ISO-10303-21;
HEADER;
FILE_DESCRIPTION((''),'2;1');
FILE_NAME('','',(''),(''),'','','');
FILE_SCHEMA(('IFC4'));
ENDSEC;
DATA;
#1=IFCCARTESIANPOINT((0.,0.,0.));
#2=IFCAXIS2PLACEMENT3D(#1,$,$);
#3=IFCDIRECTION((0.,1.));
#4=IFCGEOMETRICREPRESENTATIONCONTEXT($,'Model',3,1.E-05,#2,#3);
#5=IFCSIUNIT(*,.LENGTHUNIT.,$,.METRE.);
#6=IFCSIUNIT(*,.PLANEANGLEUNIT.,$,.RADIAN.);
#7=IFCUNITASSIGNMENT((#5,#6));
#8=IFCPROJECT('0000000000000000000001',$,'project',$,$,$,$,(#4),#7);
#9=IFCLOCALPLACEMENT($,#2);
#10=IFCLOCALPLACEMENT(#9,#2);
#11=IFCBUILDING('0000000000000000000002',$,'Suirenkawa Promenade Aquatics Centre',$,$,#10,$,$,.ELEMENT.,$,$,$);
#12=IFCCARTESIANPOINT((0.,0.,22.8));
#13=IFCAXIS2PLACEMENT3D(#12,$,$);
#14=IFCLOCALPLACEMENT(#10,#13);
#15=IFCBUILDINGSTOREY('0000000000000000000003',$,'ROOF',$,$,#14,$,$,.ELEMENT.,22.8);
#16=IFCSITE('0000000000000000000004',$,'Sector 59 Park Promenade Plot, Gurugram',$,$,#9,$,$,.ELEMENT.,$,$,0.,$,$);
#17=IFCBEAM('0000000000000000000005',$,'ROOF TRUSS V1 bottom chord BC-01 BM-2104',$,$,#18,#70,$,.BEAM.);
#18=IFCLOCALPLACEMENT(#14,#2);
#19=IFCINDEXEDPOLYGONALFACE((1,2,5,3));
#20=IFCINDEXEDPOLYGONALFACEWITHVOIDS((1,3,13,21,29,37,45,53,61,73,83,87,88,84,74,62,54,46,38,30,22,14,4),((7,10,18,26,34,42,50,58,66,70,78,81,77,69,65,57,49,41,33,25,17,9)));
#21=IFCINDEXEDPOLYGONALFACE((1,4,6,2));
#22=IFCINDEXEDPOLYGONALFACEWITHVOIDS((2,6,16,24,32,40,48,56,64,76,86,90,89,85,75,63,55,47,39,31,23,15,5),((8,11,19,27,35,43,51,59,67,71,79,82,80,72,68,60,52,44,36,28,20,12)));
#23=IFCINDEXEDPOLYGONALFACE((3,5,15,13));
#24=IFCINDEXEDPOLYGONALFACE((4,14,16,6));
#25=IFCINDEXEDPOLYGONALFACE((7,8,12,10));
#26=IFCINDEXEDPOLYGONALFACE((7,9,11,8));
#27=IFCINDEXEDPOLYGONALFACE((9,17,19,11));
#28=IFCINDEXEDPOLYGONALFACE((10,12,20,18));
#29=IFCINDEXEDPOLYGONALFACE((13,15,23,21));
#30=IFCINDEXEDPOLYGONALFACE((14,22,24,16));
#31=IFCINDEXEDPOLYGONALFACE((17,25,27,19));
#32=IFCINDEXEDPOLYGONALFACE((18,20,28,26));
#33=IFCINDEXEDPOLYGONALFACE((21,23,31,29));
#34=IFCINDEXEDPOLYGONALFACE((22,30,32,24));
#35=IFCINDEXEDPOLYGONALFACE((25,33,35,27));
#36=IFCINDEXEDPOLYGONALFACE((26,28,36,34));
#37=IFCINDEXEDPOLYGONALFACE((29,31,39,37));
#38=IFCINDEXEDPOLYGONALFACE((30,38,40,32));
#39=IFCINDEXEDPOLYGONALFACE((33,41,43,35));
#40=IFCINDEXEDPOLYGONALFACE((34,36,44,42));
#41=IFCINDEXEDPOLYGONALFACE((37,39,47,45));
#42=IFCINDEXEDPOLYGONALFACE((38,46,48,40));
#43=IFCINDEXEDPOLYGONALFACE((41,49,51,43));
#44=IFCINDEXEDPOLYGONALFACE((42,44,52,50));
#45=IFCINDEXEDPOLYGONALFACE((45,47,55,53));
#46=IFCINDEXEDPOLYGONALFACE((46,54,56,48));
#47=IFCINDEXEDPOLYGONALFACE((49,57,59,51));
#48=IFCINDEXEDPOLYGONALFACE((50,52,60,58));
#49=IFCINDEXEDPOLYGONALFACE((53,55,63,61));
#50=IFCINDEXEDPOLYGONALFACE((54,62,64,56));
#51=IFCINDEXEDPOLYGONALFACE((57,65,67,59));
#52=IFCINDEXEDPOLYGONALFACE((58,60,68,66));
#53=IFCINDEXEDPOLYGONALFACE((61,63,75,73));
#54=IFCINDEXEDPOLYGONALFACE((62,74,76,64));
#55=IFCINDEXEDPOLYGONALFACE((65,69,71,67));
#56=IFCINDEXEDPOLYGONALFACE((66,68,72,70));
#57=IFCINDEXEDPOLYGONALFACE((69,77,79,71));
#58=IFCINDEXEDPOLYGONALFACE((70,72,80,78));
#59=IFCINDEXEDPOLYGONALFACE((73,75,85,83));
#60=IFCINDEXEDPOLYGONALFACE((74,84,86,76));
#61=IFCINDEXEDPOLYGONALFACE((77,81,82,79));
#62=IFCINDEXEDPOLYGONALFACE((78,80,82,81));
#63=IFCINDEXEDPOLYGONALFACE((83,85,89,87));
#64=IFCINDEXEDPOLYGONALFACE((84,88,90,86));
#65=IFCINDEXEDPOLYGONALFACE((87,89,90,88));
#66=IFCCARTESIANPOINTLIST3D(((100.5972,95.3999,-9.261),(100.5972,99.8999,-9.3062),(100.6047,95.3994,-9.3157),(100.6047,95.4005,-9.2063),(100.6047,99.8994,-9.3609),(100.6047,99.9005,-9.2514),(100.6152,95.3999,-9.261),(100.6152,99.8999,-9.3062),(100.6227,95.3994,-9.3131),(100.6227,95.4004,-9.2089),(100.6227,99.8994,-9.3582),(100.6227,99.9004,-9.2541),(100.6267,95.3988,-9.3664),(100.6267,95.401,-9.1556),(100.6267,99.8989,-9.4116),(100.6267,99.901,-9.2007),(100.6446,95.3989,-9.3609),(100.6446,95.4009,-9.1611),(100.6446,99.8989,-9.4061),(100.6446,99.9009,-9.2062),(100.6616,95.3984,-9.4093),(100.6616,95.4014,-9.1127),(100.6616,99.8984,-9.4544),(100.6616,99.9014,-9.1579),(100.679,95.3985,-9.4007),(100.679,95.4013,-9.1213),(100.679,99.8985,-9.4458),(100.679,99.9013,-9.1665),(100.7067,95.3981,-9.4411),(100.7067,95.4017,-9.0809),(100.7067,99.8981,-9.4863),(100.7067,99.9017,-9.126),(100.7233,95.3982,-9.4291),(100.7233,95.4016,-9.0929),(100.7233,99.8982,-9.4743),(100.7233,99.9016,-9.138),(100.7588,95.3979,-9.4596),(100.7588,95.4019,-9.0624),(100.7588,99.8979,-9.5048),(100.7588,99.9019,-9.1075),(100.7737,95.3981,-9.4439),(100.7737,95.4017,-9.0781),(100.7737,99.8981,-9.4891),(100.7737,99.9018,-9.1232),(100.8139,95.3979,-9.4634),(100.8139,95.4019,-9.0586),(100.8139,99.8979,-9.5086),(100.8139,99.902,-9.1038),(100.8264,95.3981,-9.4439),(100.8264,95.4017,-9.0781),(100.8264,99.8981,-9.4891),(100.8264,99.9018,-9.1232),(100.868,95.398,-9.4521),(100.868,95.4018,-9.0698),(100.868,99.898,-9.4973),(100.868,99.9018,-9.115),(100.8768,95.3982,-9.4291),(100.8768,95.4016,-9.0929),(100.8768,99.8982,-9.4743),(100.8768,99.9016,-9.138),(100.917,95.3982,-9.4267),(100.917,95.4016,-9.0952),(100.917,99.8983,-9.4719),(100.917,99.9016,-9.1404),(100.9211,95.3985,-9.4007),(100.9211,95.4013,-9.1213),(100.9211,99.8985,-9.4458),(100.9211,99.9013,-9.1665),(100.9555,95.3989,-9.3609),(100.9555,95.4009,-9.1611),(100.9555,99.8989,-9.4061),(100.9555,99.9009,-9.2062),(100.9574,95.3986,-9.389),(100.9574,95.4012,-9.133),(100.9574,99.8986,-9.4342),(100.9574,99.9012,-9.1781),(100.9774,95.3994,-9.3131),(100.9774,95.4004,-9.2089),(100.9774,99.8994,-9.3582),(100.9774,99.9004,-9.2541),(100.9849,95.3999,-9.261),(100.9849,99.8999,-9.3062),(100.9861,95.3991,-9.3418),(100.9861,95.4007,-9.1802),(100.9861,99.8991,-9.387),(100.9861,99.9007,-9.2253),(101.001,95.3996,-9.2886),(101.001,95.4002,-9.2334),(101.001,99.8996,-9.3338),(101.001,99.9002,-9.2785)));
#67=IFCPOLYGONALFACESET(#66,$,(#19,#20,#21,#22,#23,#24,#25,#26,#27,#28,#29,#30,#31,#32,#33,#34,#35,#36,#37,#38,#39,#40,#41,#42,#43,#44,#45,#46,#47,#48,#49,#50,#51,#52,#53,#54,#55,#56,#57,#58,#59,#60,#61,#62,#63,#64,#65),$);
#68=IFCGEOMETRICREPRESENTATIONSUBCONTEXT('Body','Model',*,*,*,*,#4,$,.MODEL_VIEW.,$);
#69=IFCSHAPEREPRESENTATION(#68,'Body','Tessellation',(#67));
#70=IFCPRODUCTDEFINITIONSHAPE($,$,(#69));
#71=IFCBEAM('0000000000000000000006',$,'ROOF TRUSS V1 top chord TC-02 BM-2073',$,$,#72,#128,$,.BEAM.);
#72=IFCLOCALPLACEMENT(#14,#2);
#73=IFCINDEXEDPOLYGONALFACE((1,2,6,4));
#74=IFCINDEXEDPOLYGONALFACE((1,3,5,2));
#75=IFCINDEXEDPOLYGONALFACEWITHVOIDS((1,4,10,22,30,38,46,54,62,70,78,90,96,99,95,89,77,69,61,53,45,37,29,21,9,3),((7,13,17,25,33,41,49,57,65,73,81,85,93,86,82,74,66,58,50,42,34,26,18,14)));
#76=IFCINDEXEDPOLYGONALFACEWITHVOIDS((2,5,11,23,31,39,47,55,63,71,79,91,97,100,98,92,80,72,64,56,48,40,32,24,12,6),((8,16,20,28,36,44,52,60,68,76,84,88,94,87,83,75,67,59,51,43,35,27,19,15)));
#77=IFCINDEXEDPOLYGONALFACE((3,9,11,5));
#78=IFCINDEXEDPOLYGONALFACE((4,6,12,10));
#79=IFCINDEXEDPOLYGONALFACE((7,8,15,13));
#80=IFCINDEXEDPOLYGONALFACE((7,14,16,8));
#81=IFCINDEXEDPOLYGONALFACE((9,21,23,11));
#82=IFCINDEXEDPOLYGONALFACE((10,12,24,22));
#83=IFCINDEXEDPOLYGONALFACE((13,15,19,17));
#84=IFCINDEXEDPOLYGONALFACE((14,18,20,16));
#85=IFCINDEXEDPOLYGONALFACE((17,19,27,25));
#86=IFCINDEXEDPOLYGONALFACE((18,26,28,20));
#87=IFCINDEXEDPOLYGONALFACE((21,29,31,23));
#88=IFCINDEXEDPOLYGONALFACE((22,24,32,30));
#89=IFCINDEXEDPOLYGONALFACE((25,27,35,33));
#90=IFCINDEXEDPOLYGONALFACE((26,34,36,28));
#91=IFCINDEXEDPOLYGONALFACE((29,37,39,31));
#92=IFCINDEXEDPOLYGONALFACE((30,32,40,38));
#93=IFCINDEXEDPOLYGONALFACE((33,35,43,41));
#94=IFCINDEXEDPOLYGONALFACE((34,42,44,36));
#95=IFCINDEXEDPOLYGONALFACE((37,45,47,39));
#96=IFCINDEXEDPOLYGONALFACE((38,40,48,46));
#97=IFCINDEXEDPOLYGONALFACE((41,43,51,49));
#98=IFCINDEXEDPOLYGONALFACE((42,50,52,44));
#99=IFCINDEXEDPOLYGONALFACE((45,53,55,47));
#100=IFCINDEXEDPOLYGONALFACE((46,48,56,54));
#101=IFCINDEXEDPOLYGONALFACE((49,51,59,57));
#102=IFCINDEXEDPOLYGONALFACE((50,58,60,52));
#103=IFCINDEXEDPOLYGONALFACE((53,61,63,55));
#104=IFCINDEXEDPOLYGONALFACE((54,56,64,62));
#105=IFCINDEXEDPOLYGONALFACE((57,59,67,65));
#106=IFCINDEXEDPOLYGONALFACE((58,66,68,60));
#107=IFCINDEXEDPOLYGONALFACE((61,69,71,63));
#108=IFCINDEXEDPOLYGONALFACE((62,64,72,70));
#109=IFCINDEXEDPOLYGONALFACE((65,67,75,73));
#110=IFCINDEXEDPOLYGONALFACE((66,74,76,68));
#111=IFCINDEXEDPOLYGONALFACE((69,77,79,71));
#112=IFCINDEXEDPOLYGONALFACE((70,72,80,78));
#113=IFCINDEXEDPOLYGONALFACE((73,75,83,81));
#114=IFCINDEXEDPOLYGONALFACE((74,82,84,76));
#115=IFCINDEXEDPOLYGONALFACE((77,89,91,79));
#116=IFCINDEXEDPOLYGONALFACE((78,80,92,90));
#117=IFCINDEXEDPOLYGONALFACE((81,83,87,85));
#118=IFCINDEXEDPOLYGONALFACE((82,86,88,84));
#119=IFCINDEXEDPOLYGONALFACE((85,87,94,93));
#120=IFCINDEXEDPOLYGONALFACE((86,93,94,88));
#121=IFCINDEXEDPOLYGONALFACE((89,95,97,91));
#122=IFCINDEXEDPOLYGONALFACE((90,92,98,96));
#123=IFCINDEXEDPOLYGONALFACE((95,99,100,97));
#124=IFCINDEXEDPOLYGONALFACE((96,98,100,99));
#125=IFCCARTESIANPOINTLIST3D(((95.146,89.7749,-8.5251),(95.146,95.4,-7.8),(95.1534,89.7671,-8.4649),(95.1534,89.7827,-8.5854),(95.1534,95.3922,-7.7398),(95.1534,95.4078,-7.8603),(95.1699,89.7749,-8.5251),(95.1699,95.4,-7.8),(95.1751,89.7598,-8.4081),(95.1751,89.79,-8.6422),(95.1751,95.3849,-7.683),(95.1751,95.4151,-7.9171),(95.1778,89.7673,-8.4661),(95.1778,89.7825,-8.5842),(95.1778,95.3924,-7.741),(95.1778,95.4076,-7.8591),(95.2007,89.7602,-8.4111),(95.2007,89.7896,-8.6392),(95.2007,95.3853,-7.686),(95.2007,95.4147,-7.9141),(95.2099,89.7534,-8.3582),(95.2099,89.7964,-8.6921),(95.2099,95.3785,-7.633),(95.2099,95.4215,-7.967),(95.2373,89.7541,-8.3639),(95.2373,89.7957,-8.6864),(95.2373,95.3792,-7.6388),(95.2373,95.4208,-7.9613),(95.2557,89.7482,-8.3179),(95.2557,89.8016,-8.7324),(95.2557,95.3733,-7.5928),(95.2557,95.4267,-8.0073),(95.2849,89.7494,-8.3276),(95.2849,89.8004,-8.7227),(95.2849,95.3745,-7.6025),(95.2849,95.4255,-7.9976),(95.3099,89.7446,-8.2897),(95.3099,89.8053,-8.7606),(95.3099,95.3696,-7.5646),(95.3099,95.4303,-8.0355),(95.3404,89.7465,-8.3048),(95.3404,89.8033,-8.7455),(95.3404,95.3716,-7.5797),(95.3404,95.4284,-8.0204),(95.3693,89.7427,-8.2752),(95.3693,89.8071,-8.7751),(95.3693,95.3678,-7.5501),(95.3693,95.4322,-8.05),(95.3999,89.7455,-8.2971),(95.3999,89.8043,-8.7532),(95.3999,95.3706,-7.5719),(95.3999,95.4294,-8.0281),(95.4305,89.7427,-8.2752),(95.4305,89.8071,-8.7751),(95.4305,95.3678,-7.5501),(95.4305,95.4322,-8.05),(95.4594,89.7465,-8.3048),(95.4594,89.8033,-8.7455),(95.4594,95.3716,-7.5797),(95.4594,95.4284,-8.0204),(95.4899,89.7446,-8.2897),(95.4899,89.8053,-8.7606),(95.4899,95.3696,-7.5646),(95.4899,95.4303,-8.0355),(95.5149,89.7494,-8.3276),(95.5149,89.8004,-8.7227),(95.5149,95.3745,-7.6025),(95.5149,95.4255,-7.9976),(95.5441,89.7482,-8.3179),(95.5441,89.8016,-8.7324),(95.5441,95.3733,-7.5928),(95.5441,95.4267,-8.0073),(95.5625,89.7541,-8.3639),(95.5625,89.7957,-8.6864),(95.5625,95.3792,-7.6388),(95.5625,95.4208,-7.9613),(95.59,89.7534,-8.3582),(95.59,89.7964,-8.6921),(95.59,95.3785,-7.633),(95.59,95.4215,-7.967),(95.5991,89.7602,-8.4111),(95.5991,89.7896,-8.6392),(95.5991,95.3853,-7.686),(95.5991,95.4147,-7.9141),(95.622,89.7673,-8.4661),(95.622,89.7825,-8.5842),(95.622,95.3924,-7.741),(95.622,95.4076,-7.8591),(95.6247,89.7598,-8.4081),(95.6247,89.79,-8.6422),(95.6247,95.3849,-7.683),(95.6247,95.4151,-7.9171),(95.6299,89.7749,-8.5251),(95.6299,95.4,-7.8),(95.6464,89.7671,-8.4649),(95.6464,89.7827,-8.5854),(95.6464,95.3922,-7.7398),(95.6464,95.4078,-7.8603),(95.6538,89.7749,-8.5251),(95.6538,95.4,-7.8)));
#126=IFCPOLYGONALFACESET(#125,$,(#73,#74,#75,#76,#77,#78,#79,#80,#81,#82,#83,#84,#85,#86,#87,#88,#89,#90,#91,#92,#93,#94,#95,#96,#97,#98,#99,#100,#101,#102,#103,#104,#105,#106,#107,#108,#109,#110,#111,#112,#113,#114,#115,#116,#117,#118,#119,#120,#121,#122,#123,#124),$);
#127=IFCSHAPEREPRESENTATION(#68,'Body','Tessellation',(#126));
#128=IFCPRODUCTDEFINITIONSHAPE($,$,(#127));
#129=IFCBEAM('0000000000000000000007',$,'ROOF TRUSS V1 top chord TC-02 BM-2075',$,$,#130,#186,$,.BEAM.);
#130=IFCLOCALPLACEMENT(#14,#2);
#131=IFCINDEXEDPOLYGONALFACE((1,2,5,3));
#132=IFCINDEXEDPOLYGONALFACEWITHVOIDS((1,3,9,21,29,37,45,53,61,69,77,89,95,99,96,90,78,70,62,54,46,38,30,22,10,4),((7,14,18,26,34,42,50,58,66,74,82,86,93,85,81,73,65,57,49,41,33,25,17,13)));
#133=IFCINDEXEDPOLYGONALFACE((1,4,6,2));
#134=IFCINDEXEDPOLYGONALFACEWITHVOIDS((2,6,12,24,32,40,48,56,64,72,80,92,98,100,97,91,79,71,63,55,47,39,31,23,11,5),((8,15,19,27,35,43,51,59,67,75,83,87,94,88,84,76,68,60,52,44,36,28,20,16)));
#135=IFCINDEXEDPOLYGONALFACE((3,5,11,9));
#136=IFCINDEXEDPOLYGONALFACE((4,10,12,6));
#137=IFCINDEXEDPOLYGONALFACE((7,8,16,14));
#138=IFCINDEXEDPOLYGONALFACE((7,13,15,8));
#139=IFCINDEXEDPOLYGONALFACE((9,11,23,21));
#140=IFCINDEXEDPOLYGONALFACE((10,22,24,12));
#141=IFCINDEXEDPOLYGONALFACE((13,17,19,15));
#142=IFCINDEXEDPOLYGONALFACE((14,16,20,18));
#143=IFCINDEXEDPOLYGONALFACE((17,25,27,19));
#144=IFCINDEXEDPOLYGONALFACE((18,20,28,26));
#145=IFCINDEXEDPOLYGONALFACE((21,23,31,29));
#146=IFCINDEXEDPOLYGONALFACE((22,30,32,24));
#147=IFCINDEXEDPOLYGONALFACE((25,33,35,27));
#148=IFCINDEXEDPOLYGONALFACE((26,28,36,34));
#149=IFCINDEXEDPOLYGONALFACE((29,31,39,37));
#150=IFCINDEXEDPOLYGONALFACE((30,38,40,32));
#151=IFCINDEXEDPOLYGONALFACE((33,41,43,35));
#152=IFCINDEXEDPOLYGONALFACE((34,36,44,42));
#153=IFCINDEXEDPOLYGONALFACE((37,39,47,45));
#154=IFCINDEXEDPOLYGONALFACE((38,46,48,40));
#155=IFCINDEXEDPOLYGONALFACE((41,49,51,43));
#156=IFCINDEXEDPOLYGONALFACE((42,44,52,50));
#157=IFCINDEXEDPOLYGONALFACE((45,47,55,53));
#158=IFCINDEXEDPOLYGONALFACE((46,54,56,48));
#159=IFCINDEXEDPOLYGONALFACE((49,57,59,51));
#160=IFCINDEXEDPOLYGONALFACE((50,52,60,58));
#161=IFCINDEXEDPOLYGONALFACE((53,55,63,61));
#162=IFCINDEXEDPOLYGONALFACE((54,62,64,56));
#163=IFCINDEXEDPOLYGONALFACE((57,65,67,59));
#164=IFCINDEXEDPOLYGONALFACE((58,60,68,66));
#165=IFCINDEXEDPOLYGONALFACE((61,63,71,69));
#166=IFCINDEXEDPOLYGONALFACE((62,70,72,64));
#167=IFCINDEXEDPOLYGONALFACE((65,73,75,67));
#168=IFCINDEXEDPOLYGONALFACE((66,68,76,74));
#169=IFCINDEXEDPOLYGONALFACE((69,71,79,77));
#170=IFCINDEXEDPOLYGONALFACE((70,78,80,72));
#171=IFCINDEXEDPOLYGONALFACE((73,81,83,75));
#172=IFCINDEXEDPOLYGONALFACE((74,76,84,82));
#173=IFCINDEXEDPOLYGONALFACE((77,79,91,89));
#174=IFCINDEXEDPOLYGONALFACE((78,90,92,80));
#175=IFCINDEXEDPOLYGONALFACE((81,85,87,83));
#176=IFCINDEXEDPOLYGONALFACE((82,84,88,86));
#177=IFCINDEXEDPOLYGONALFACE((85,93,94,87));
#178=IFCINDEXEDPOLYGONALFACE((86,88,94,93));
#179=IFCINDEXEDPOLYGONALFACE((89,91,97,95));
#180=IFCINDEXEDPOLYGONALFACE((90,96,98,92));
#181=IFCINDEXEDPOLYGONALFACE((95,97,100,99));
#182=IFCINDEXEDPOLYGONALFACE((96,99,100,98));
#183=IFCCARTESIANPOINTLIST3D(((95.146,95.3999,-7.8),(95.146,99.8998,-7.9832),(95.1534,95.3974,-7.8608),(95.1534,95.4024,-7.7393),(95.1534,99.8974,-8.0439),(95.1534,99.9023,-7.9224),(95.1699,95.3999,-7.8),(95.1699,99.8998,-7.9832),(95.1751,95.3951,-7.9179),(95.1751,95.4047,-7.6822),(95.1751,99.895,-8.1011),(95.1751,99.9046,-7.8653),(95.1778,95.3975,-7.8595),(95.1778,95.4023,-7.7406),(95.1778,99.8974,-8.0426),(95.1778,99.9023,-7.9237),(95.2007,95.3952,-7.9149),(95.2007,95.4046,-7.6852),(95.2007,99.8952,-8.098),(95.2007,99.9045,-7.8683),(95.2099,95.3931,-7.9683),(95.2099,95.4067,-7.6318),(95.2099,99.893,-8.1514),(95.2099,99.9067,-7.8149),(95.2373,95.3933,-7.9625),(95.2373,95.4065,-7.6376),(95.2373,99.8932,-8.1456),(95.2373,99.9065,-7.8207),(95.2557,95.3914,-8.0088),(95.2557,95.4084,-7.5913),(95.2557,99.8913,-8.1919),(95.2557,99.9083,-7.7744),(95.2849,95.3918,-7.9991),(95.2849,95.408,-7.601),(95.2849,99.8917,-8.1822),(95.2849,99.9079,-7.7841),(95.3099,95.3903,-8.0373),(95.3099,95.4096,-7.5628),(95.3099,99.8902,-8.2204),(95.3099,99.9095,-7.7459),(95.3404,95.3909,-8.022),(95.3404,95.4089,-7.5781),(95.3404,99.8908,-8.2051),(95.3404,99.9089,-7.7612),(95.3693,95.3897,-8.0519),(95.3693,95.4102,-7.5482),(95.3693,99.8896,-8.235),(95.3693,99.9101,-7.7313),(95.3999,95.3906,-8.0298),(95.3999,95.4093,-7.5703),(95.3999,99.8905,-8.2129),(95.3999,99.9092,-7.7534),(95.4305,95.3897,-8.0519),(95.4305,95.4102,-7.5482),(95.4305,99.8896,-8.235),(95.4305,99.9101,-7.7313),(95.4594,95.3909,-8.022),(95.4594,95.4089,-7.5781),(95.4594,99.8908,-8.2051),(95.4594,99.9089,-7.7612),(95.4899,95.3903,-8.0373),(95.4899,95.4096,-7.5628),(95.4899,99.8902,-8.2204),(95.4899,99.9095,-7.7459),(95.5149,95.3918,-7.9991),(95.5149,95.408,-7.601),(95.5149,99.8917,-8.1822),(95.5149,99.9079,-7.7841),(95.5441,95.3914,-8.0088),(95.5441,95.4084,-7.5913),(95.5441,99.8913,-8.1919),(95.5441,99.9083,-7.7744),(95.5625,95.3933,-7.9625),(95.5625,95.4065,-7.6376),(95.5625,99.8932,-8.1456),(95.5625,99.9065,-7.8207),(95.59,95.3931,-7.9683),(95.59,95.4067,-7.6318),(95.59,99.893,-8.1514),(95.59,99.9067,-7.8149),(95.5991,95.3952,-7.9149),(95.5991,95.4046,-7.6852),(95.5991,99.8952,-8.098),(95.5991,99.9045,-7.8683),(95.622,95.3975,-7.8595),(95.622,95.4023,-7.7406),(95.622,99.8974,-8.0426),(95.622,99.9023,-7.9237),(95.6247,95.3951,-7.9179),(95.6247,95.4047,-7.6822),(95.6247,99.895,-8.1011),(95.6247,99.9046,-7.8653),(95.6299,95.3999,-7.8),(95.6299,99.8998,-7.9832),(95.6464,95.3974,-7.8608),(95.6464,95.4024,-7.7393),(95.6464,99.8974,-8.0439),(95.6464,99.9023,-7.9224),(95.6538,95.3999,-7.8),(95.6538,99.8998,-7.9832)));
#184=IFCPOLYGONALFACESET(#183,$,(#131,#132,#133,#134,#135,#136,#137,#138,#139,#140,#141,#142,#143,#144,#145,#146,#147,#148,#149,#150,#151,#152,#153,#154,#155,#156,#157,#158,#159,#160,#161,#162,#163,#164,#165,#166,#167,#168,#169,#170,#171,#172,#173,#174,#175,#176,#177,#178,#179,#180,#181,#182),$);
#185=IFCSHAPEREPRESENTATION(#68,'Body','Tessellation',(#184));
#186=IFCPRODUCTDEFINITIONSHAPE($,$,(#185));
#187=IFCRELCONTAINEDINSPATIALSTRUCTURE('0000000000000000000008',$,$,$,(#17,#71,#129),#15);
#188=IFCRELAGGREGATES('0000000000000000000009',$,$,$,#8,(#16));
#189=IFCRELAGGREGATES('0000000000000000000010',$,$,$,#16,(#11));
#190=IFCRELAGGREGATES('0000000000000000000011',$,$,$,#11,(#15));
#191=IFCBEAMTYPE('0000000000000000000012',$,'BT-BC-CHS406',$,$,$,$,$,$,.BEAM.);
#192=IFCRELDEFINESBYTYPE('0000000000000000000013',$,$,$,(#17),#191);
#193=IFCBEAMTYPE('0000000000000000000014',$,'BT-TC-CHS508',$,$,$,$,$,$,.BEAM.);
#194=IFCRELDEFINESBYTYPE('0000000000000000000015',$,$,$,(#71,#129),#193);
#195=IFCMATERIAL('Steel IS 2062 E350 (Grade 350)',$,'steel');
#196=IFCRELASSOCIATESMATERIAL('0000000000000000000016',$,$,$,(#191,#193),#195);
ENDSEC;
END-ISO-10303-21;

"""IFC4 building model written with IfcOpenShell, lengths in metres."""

from ifc_helpers import new_model, si_unit, direction, frame, origin, origin_2d, place, context, subcontext, project, spatial, hollow_circle, extrude, material, material_profile, profile_set, type_object, element, save


model = new_model("IFC4")

# Units and contexts
model_context = context("Model", 3, precision=1e-05, world=origin(), true_north=direction((0.0, 1.0)))
body_context = subcontext(model_context, "Body", "Model", "MODEL_VIEW")
ifc_project = project(units=[si_unit("LENGTHUNIT", "METRE"), si_unit("PLANEANGLEUNIT", "RADIAN")], contexts=[model_context])

# Site, building, storey
site_placement = place(None, origin())
site = spatial("IfcSite", under=ifc_project, at=site_placement, Name="Sector 59 Park Promenade Plot, Gurugram", CompositionType="ELEMENT", RefElevation=0.0)
building_placement = place(site_placement, origin())
building = spatial("IfcBuilding", under=site, at=building_placement, Name="Suirenkawa Promenade Aquatics Centre", CompositionType="ELEMENT")
storey_placement = place(building_placement, frame((0.0, 0.0, 22.8)))
storey = spatial("IfcBuildingStorey", under=building, at=storey_placement, Name="ROOF", CompositionType="ELEMENT", Elevation=22.8)

# Beams
ifc_material = material(Name="Steel IS 2062 E350 (Grade 350)", Category="steel")
ifc_material_profile_1 = material_profile(ifc_material, hollow_circle(Radius=0.2029, WallThickness=0.0181, at=origin_2d()), Name="CHS 406x18", Category="steel")
ifc_profile_set_1 = profile_set([ifc_material_profile_1], Name="Steel IS 2062 E350 (Grade 350)")
beam_type_1 = type_object("IfcBeamType", Name="BT-BC-CHS406", PredefinedType="BEAM", material=ifc_profile_set_1)
beam_1_placement = place(storey_placement, frame((100.8, 95.3999, -9.261), z_axis=(0.0, 0.99995, -0.010036), x_axis=(-1.0, 0.0, 0.0)))
element("IfcBeam", 1, at=beam_1_placement, inside=storey, type_object=beam_type_1, Name="ROOF TRUSS V1 bottom chord BC-01 BM-2104", PredefinedType="BEAM", context=body_context, shape_type="SweptSolid", body=[
    extrude(hollow_circle(Radius=0.2029, WallThickness=0.0181, at=origin_2d()), origin(), (0.0, 0.0, 1.0), 4.5002),
])
ifc_material_profile_2 = material_profile(ifc_material, hollow_circle(Radius=0.2539, WallThickness=0.0239, at=origin_2d()), Name="CHS 508x24", Category="steel")
ifc_profile_set_2 = profile_set([ifc_material_profile_2], Name="Steel IS 2062 E350 (Grade 350)")
beam_type_2 = type_object("IfcBeamType", Name="BT-TC-CHS508", PredefinedType="BEAM", material=ifc_profile_set_2)
beam_2_placement = place(storey_placement, frame((95.3999, 89.7749, -8.5251), z_axis=(0.0, 0.991794, 0.127848), x_axis=(-1.0, 0.0, 0.0)))
element("IfcBeam", 2, at=beam_2_placement, inside=storey, type_object=beam_type_2, Name="ROOF TRUSS V1 top chord TC-02 BM-2073", PredefinedType="BEAM", context=body_context, shape_type="SweptSolid", body=[
    extrude(hollow_circle(Radius=0.2539, WallThickness=0.0239, at=origin_2d()), origin(), (0.0, 0.0, 1.0), 5.6716),
])
beam_3_placement = place(storey_placement, frame((95.3999, 95.3999, -7.8), z_axis=(0.0, 0.999173, -0.040656), x_axis=(-1.0, 0.0, 0.0)))
element("IfcBeam", 3, at=beam_3_placement, inside=storey, type_object=beam_type_2, Name="ROOF TRUSS V1 top chord TC-02 BM-2075", PredefinedType="BEAM", context=body_context, shape_type="SweptSolid", body=[
    extrude(hollow_circle(Radius=0.2539, WallThickness=0.0239, at=origin_2d()), origin(), (0.0, 0.0, 1.0), 4.5037),
])

save(model, "model.ifc")
